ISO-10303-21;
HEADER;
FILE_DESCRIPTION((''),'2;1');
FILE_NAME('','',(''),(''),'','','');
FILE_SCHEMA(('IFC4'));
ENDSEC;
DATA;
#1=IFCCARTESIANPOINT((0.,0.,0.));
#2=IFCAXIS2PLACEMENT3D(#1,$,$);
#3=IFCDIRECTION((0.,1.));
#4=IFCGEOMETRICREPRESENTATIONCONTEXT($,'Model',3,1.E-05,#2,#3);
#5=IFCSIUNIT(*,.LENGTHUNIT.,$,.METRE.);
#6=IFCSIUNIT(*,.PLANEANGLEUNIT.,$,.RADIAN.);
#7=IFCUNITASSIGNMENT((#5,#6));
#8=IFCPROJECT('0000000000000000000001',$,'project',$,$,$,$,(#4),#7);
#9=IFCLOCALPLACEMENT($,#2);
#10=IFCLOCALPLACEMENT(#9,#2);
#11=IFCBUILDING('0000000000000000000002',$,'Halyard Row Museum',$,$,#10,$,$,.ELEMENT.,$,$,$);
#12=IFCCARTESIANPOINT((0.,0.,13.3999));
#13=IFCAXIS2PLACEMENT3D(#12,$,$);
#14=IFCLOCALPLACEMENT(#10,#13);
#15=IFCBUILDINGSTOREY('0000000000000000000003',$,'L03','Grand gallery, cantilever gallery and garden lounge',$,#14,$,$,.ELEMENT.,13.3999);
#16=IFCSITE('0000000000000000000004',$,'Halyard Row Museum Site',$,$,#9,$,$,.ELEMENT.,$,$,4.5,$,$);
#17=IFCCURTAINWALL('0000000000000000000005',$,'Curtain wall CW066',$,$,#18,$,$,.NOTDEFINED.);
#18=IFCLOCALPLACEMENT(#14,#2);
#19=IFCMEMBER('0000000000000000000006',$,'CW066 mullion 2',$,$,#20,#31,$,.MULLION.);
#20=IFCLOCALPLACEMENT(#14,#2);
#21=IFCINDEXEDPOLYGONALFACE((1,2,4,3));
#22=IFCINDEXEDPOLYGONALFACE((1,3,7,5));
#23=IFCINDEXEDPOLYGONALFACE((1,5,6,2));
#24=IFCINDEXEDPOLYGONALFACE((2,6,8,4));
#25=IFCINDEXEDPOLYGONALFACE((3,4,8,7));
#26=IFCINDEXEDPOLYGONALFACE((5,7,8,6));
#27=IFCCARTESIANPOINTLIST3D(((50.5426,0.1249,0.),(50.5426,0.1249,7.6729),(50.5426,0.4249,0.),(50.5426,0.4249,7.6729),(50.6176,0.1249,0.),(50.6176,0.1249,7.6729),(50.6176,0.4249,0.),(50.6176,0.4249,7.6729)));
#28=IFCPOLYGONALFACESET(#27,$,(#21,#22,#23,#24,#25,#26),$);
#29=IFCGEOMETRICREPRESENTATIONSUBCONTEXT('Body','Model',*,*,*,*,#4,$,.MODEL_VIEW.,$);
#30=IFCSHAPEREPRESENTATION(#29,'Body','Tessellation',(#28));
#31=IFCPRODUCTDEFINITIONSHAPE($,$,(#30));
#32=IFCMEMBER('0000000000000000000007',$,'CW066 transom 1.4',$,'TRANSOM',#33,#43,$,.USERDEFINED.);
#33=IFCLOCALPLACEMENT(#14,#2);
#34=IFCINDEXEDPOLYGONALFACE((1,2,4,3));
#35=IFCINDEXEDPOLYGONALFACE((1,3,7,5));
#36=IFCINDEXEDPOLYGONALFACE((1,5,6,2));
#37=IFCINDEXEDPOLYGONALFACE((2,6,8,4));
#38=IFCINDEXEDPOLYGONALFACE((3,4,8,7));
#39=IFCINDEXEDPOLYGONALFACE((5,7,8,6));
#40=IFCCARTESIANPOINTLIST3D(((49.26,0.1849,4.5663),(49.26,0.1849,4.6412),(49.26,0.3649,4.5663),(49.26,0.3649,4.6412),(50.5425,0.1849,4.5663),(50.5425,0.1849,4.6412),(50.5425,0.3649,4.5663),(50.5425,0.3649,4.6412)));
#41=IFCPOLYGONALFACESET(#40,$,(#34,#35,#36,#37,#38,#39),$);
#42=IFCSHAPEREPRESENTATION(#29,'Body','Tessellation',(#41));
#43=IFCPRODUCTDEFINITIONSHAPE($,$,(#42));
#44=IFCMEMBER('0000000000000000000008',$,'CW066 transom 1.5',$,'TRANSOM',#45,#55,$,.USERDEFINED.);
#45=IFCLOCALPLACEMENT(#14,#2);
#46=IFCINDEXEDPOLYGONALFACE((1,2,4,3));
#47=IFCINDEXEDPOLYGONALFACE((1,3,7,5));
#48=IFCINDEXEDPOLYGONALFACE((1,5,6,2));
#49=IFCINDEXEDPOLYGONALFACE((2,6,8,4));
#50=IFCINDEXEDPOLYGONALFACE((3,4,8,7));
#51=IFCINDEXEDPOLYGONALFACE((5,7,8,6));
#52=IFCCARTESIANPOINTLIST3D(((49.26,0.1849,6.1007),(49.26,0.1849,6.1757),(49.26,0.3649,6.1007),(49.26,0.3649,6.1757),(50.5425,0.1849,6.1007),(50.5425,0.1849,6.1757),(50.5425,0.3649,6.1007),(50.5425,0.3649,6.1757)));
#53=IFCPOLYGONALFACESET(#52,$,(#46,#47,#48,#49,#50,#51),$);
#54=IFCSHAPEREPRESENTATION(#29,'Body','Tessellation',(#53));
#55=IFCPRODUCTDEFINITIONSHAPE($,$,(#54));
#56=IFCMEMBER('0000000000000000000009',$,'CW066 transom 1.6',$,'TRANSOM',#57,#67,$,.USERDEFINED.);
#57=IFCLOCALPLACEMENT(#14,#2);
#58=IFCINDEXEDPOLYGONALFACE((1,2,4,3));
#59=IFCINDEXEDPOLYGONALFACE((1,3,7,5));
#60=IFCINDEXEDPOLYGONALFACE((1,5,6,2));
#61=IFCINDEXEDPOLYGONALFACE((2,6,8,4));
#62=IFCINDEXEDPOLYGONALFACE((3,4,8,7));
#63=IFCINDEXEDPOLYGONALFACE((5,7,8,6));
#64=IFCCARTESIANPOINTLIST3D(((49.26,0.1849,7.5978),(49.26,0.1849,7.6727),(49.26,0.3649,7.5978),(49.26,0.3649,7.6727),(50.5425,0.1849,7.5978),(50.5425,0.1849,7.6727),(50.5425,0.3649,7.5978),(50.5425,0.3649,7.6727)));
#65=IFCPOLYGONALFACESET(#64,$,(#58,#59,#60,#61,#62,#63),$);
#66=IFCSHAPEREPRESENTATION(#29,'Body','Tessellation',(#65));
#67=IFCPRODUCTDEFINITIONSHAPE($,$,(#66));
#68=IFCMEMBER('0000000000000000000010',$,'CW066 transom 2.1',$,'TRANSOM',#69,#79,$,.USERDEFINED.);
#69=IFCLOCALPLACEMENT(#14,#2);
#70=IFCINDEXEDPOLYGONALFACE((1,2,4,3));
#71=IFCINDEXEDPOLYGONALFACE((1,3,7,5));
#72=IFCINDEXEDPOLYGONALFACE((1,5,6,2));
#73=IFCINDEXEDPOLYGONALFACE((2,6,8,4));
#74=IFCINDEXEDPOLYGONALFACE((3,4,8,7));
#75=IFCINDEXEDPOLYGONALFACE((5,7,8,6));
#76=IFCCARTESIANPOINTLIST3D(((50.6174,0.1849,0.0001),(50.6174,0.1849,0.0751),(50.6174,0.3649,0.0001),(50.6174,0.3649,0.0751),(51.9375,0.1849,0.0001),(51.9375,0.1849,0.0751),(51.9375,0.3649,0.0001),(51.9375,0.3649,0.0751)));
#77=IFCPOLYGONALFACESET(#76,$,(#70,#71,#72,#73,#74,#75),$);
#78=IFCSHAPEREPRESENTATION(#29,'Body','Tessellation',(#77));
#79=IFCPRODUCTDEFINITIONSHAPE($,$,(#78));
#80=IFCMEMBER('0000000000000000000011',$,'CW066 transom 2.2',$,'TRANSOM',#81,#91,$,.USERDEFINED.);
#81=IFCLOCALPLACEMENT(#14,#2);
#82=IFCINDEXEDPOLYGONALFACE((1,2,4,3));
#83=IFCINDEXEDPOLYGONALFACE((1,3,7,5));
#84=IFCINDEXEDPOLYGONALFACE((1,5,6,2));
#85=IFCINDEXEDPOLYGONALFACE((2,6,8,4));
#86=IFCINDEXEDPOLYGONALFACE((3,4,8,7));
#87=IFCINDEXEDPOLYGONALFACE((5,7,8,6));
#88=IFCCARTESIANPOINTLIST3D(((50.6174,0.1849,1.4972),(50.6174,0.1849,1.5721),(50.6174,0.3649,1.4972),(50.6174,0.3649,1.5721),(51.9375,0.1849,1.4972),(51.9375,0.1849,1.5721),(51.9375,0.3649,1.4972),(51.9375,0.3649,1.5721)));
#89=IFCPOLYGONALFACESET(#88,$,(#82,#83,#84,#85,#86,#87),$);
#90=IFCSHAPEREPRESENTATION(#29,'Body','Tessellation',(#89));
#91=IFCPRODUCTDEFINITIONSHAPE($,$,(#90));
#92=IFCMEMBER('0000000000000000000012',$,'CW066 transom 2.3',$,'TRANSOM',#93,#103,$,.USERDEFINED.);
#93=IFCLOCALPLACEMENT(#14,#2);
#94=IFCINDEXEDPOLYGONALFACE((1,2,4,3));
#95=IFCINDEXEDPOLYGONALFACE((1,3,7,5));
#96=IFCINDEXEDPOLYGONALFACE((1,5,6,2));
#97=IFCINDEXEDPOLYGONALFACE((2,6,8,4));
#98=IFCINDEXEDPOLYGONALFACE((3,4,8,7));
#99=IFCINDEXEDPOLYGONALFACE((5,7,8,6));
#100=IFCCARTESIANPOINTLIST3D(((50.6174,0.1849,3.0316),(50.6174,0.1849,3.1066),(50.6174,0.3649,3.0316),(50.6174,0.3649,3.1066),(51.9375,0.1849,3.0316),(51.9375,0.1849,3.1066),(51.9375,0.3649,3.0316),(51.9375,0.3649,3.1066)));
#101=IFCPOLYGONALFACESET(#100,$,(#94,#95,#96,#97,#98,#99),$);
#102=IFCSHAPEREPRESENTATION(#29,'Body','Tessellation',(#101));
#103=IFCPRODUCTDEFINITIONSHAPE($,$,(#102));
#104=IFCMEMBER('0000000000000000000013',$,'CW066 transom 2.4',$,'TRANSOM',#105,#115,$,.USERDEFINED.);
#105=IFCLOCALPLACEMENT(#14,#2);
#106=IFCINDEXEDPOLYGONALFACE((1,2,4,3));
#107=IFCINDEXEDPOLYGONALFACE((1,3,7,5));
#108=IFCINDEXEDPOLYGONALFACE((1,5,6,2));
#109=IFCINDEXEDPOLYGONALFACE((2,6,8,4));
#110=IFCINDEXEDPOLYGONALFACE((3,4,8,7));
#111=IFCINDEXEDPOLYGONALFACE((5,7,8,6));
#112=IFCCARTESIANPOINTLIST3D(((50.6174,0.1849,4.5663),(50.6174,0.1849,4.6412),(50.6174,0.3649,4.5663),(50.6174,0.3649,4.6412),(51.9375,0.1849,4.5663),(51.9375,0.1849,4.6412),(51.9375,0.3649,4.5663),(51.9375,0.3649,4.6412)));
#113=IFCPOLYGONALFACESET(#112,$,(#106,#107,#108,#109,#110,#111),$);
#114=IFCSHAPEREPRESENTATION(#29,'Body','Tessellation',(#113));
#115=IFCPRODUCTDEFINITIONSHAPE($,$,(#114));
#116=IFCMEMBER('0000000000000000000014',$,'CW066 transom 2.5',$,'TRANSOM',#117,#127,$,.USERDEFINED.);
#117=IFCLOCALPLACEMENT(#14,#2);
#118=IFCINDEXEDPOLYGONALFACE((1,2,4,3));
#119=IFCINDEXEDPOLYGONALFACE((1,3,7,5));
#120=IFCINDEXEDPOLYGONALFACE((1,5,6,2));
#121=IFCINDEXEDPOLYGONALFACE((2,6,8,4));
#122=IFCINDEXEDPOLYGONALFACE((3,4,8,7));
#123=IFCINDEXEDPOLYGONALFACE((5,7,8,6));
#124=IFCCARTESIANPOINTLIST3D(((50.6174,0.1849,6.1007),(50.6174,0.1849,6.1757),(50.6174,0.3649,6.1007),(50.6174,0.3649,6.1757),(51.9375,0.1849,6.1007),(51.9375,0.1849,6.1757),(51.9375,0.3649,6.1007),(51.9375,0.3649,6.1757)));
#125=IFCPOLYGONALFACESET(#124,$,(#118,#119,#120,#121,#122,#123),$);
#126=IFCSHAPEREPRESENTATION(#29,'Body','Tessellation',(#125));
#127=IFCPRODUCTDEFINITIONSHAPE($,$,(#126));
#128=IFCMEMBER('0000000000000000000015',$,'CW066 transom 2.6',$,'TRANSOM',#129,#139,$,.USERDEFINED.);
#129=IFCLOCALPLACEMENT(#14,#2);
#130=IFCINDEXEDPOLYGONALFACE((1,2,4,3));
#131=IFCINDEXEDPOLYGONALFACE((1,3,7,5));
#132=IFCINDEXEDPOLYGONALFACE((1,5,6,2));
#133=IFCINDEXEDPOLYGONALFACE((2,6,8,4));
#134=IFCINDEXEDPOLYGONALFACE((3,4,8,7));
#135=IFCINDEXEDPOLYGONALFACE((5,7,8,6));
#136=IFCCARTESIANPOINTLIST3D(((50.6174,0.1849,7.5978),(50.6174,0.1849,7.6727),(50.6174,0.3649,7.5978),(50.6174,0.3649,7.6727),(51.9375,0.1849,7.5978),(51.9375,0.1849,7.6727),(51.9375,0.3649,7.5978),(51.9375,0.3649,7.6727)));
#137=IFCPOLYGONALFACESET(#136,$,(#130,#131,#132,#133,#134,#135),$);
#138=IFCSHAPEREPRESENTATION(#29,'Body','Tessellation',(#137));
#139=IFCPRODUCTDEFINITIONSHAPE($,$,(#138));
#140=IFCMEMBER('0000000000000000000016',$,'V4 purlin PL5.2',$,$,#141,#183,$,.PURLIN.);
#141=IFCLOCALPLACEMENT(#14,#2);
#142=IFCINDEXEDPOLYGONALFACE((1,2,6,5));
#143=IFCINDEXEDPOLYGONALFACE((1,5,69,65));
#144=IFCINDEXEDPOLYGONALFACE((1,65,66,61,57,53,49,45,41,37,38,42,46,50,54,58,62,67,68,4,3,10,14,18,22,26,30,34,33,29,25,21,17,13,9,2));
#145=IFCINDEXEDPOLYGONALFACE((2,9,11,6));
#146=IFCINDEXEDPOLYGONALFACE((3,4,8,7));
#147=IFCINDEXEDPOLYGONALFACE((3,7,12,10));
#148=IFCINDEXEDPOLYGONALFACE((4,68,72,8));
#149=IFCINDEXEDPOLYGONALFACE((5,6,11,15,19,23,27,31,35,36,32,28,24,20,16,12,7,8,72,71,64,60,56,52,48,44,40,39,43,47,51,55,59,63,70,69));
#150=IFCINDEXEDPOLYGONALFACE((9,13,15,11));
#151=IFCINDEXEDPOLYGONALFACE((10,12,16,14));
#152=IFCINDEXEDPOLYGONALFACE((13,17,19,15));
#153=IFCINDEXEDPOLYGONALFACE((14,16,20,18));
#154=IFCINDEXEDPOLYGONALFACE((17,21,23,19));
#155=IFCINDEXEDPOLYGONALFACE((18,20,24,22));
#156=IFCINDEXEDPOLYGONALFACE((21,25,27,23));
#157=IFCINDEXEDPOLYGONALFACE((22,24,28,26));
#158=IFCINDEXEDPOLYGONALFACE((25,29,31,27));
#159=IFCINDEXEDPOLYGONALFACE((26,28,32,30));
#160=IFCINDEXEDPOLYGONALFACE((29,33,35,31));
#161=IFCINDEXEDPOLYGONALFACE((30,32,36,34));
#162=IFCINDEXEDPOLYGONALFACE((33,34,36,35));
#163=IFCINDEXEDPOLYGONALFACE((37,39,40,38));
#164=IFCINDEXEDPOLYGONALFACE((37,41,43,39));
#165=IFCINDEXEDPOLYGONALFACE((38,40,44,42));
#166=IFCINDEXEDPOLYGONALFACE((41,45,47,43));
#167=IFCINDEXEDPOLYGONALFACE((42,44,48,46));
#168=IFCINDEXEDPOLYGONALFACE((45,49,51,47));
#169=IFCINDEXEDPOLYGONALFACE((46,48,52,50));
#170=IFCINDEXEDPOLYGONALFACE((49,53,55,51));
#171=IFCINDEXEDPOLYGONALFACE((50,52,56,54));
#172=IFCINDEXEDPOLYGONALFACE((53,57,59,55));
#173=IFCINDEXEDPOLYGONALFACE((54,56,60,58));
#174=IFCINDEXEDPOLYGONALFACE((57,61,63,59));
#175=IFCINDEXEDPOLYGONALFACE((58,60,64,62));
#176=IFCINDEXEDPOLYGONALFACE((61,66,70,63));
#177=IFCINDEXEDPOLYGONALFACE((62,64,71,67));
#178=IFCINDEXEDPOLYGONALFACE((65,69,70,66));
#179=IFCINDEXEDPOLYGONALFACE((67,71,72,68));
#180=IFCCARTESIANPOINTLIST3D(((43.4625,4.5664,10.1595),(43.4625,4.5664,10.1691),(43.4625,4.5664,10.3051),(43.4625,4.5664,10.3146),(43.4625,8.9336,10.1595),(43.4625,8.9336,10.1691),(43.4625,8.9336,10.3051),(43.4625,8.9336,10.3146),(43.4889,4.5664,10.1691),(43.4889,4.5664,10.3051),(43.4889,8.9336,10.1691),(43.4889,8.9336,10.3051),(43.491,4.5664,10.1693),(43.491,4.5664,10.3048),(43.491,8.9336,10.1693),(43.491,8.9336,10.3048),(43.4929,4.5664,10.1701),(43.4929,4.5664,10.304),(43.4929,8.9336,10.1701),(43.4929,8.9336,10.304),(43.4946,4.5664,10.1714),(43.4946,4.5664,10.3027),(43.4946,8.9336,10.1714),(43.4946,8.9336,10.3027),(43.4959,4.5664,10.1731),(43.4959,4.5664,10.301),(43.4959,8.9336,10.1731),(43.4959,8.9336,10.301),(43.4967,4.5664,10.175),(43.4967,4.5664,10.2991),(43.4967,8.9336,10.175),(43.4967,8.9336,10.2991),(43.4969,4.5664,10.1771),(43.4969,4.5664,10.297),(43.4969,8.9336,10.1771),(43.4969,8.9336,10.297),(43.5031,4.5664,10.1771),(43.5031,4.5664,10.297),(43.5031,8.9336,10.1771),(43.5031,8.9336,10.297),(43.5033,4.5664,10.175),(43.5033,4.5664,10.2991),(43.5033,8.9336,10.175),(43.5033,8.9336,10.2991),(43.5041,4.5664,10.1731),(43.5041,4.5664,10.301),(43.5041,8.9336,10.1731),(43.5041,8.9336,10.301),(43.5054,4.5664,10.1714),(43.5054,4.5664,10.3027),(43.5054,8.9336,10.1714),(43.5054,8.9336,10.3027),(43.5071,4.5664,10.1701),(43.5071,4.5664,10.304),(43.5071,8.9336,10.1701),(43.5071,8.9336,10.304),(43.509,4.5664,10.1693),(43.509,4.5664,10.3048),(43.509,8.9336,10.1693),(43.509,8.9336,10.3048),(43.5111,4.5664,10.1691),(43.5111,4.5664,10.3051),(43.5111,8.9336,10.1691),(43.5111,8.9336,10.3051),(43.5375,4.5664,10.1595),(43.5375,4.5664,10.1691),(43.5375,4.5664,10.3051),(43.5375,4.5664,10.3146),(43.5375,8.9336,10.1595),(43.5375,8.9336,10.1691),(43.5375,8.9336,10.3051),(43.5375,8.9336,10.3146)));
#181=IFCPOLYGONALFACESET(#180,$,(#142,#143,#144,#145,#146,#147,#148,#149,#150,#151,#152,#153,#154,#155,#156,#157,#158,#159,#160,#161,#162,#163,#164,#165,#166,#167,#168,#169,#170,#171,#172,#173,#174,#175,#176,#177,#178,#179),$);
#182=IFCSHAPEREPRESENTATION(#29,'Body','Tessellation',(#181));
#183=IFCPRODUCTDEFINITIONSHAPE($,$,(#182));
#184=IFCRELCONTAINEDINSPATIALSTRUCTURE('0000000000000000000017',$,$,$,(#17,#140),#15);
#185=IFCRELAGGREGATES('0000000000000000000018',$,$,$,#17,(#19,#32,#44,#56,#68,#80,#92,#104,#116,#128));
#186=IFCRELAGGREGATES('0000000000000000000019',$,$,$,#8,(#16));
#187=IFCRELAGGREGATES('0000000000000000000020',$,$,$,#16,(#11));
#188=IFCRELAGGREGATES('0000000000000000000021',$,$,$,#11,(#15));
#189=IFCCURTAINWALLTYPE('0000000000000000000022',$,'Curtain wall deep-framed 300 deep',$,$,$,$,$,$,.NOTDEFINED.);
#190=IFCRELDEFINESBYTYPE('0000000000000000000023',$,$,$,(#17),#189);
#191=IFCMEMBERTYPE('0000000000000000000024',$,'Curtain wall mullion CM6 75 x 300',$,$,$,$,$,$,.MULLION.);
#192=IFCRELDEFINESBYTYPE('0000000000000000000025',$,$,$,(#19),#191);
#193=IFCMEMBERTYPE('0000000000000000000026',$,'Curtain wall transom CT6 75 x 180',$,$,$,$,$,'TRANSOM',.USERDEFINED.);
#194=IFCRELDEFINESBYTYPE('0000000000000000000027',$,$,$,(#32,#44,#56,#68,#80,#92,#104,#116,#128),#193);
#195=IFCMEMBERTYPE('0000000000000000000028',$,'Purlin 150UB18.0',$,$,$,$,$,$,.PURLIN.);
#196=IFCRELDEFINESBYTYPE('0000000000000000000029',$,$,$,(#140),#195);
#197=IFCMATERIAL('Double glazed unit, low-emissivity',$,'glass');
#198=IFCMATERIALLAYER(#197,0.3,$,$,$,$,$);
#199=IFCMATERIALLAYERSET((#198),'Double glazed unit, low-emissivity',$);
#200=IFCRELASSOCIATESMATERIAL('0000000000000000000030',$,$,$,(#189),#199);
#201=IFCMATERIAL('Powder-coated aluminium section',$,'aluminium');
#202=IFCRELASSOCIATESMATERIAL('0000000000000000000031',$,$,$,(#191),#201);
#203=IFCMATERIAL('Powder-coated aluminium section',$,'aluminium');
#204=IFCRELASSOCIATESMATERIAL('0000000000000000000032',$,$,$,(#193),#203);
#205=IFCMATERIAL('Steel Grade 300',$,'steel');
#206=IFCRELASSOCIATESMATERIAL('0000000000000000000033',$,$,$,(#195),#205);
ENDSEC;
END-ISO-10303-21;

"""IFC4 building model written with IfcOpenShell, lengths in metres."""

from ifc_helpers import new_model, si_unit, direction, frame, origin, origin_2d, place, context, subcontext, project, spatial, rectangle, i_section, extrude, material, layer, layer_set, material_profile, profile_set, type_object, element, aggregate, save


model = new_model("IFC4")

# Units and contexts
model_context = context("Model", 3, precision=1e-05, world=origin(), true_north=direction((0.0, 1.0)))
body_context = subcontext(model_context, "Body", "Model", "MODEL_VIEW")
ifc_project = project(units=[si_unit("LENGTHUNIT", "METRE"), si_unit("PLANEANGLEUNIT", "RADIAN")], contexts=[model_context])

# Site, building, storey
site_placement = place(None, origin())
site = spatial("IfcSite", under=ifc_project, at=site_placement, Name="Halyard Row Museum Site", CompositionType="ELEMENT", RefElevation=4.5)
building_placement = place(site_placement, origin())
building = spatial("IfcBuilding", under=site, at=building_placement, Name="Halyard Row Museum", CompositionType="ELEMENT")
storey_placement = place(building_placement, frame((0.0, 0.0, 13.3999)))
storey = spatial("IfcBuildingStorey", under=building, at=storey_placement, Name="L03", Description="Grand gallery, cantilever gallery and garden lounge", CompositionType="ELEMENT", Elevation=13.3999)

# Curtain wall, members
ifc_material_1 = material(Name="Double glazed unit, low-emissivity", Category="glass")
ifc_layer_1 = layer(ifc_material_1, 0.3)
ifc_layer_set_1 = layer_set([ifc_layer_1], Name="Double glazed unit, low-emissivity")
curtain_wall_type = type_object("IfcCurtainWallType", Name="Curtain wall deep-framed 300 deep", PredefinedType="NOTDEFINED", material=ifc_layer_set_1)
curtain_wall_placement = place(storey_placement, origin())
curtain_wall = element("IfcCurtainWall", 1, at=curtain_wall_placement, inside=storey, type_object=curtain_wall_type, Name="Curtain wall CW066", PredefinedType="NOTDEFINED")
ifc_material_2 = material(Name="Powder-coated aluminium section", Category="aluminium")
ifc_material_profile_1 = material_profile(ifc_material_2, rectangle(XDim=0.3, YDim=0.075, at=origin_2d()), Name="300x75 mullion")
ifc_profile_set_1 = profile_set([ifc_material_profile_1], Name="Powder-coated aluminium section")
member_type_1 = type_object("IfcMemberType", Name="Curtain wall mullion CM6 75 x 300", PredefinedType="MULLION", material=ifc_profile_set_1)
member_1_placement = place(storey_placement, frame((50.5801, 0.2749, 0.0), z_axis=(0.0, 0.0, 1.0), x_axis=(0.0, 1.0, 0.0)))
member_1 = element("IfcMember", 2, at=member_1_placement, type_object=member_type_1, Name="CW066 mullion 2", PredefinedType="MULLION", context=body_context, shape_type="SweptSolid", body=[
    extrude(rectangle(XDim=0.3, YDim=0.075, at=origin_2d()), origin(), (0.0, 0.0, 1.0), 7.6729),
])
ifc_material_3 = material(Name="Powder-coated aluminium section", Category="aluminium")
ifc_material_profile_2 = material_profile(ifc_material_3, rectangle(XDim=0.1799, YDim=0.075, at=origin_2d()), Name="180x75 transom")
ifc_profile_set_2 = profile_set([ifc_material_profile_2], Name="Powder-coated aluminium section")
member_type_2 = type_object("IfcMemberType", Name="Curtain wall transom CT6 75 x 180", ElementType="TRANSOM", PredefinedType="USERDEFINED", material=ifc_profile_set_2)
member_2_placement = place(storey_placement, frame((49.26, 0.2749, 4.6038), z_axis=(1.0, 0.0, 0.0), x_axis=(0.0, 1.0, 0.0)))
member_2 = element("IfcMember", 3, at=member_2_placement, type_object=member_type_2, Name="CW066 transom 1.4", ObjectType="TRANSOM", PredefinedType="USERDEFINED", context=body_context, shape_type="SweptSolid", body=[
    extrude(rectangle(XDim=0.1799, YDim=0.075, at=origin_2d()), origin(), (0.0, 0.0, 1.0), 1.2825),
])
member_3_placement = place(storey_placement, frame((49.26, 0.2749, 6.1382), z_axis=(1.0, 0.0, 0.0), x_axis=(0.0, 1.0, 0.0)))
member_3 = element("IfcMember", 4, at=member_3_placement, type_object=member_type_2, Name="CW066 transom 1.5", ObjectType="TRANSOM", PredefinedType="USERDEFINED", context=body_context, shape_type="SweptSolid", body=[
    extrude(rectangle(XDim=0.1799, YDim=0.075, at=origin_2d()), origin(), (0.0, 0.0, 1.0), 1.2825),
])
member_4_placement = place(storey_placement, frame((49.26, 0.2749, 7.6353), z_axis=(1.0, 0.0, 0.0), x_axis=(0.0, 1.0, 0.0)))
member_4 = element("IfcMember", 5, at=member_4_placement, type_object=member_type_2, Name="CW066 transom 1.6", ObjectType="TRANSOM", PredefinedType="USERDEFINED", context=body_context, shape_type="SweptSolid", body=[
    extrude(rectangle(XDim=0.1799, YDim=0.075, at=origin_2d()), origin(), (0.0, 0.0, 1.0), 1.2825),
])
member_5_placement = place(storey_placement, frame((50.6174, 0.2749, 0.0376), z_axis=(1.0, 0.0, 0.0), x_axis=(0.0, 1.0, 0.0)))
member_5 = element("IfcMember", 6, at=member_5_placement, type_object=member_type_2, Name="CW066 transom 2.1", ObjectType="TRANSOM", PredefinedType="USERDEFINED", context=body_context, shape_type="SweptSolid", body=[
    extrude(rectangle(XDim=0.1799, YDim=0.075, at=origin_2d()), origin(), (0.0, 0.0, 1.0), 1.3201),
])
member_6_placement = place(storey_placement, frame((50.6174, 0.2749, 1.5347), z_axis=(1.0, 0.0, 0.0), x_axis=(0.0, 1.0, 0.0)))
member_6 = element("IfcMember", 7, at=member_6_placement, type_object=member_type_2, Name="CW066 transom 2.2", ObjectType="TRANSOM", PredefinedType="USERDEFINED", context=body_context, shape_type="SweptSolid", body=[
    extrude(rectangle(XDim=0.1799, YDim=0.075, at=origin_2d()), origin(), (0.0, 0.0, 1.0), 1.3201),
])
member_7_placement = place(storey_placement, frame((50.6174, 0.2749, 3.0691), z_axis=(1.0, 0.0, 0.0), x_axis=(0.0, 1.0, 0.0)))
member_7 = element("IfcMember", 8, at=member_7_placement, type_object=member_type_2, Name="CW066 transom 2.3", ObjectType="TRANSOM", PredefinedType="USERDEFINED", context=body_context, shape_type="SweptSolid", body=[
    extrude(rectangle(XDim=0.1799, YDim=0.075, at=origin_2d()), origin(), (0.0, 0.0, 1.0), 1.3201),
])
member_8_placement = place(storey_placement, frame((50.6174, 0.2749, 4.6038), z_axis=(1.0, 0.0, 0.0), x_axis=(0.0, 1.0, 0.0)))
member_8 = element("IfcMember", 9, at=member_8_placement, type_object=member_type_2, Name="CW066 transom 2.4", ObjectType="TRANSOM", PredefinedType="USERDEFINED", context=body_context, shape_type="SweptSolid", body=[
    extrude(rectangle(XDim=0.1799, YDim=0.075, at=origin_2d()), origin(), (0.0, 0.0, 1.0), 1.3201),
])
member_9_placement = place(storey_placement, frame((50.6174, 0.2749, 6.1382), z_axis=(1.0, 0.0, 0.0), x_axis=(0.0, 1.0, 0.0)))
member_9 = element("IfcMember", 10, at=member_9_placement, type_object=member_type_2, Name="CW066 transom 2.5", ObjectType="TRANSOM", PredefinedType="USERDEFINED", context=body_context, shape_type="SweptSolid", body=[
    extrude(rectangle(XDim=0.1799, YDim=0.075, at=origin_2d()), origin(), (0.0, 0.0, 1.0), 1.3201),
])
member_10_placement = place(storey_placement, frame((50.6174, 0.2749, 7.6353), z_axis=(1.0, 0.0, 0.0), x_axis=(0.0, 1.0, 0.0)))
member_10 = element("IfcMember", 11, at=member_10_placement, type_object=member_type_2, Name="CW066 transom 2.6", ObjectType="TRANSOM", PredefinedType="USERDEFINED", context=body_context, shape_type="SweptSolid", body=[
    extrude(rectangle(XDim=0.1799, YDim=0.075, at=origin_2d()), origin(), (0.0, 0.0, 1.0), 1.3201),
])

# Member
ifc_material_4 = material(Name="Steel Grade 300", Category="steel")
ifc_material_profile_3 = material_profile(ifc_material_4, i_section(OverallWidth=0.075, OverallDepth=0.155, WebThickness=0.0061, FlangeThickness=0.0095, FilletRadius=0.0081, at=origin_2d()), Name="150UB18.0")
ifc_profile_set_3 = profile_set([ifc_material_profile_3], Name="Steel Grade 300")
member_type_3 = type_object("IfcMemberType", Name="Purlin 150UB18.0", PredefinedType="PURLIN", material=ifc_profile_set_3)
for number, where, z_axis, x_axis, name in (
    (12, (43.5, 4.5664, 10.2371), (0.0, 1.0, 0.0), (-1.0, 0.0, 0.0), "V4 purlin PL5.2"),
):
    element("IfcMember", number, at=place(storey_placement, frame(where, z_axis=z_axis, x_axis=x_axis)), inside=storey, type_object=member_type_3, Name=name, PredefinedType="PURLIN", context=body_context, shape_type="SweptSolid", body=[
        extrude(i_section(OverallWidth=0.075, OverallDepth=0.155, WebThickness=0.0061, FlangeThickness=0.0095, FilletRadius=0.0081, at=origin_2d()), origin(), (0.0, 0.0, 1.0), 4.3672),
    ])

aggregate(curtain_wall, [member_1, member_2, member_3, member_4, member_5, member_6, member_7, member_8, member_9, member_10])

save(model, "model.ifc")
